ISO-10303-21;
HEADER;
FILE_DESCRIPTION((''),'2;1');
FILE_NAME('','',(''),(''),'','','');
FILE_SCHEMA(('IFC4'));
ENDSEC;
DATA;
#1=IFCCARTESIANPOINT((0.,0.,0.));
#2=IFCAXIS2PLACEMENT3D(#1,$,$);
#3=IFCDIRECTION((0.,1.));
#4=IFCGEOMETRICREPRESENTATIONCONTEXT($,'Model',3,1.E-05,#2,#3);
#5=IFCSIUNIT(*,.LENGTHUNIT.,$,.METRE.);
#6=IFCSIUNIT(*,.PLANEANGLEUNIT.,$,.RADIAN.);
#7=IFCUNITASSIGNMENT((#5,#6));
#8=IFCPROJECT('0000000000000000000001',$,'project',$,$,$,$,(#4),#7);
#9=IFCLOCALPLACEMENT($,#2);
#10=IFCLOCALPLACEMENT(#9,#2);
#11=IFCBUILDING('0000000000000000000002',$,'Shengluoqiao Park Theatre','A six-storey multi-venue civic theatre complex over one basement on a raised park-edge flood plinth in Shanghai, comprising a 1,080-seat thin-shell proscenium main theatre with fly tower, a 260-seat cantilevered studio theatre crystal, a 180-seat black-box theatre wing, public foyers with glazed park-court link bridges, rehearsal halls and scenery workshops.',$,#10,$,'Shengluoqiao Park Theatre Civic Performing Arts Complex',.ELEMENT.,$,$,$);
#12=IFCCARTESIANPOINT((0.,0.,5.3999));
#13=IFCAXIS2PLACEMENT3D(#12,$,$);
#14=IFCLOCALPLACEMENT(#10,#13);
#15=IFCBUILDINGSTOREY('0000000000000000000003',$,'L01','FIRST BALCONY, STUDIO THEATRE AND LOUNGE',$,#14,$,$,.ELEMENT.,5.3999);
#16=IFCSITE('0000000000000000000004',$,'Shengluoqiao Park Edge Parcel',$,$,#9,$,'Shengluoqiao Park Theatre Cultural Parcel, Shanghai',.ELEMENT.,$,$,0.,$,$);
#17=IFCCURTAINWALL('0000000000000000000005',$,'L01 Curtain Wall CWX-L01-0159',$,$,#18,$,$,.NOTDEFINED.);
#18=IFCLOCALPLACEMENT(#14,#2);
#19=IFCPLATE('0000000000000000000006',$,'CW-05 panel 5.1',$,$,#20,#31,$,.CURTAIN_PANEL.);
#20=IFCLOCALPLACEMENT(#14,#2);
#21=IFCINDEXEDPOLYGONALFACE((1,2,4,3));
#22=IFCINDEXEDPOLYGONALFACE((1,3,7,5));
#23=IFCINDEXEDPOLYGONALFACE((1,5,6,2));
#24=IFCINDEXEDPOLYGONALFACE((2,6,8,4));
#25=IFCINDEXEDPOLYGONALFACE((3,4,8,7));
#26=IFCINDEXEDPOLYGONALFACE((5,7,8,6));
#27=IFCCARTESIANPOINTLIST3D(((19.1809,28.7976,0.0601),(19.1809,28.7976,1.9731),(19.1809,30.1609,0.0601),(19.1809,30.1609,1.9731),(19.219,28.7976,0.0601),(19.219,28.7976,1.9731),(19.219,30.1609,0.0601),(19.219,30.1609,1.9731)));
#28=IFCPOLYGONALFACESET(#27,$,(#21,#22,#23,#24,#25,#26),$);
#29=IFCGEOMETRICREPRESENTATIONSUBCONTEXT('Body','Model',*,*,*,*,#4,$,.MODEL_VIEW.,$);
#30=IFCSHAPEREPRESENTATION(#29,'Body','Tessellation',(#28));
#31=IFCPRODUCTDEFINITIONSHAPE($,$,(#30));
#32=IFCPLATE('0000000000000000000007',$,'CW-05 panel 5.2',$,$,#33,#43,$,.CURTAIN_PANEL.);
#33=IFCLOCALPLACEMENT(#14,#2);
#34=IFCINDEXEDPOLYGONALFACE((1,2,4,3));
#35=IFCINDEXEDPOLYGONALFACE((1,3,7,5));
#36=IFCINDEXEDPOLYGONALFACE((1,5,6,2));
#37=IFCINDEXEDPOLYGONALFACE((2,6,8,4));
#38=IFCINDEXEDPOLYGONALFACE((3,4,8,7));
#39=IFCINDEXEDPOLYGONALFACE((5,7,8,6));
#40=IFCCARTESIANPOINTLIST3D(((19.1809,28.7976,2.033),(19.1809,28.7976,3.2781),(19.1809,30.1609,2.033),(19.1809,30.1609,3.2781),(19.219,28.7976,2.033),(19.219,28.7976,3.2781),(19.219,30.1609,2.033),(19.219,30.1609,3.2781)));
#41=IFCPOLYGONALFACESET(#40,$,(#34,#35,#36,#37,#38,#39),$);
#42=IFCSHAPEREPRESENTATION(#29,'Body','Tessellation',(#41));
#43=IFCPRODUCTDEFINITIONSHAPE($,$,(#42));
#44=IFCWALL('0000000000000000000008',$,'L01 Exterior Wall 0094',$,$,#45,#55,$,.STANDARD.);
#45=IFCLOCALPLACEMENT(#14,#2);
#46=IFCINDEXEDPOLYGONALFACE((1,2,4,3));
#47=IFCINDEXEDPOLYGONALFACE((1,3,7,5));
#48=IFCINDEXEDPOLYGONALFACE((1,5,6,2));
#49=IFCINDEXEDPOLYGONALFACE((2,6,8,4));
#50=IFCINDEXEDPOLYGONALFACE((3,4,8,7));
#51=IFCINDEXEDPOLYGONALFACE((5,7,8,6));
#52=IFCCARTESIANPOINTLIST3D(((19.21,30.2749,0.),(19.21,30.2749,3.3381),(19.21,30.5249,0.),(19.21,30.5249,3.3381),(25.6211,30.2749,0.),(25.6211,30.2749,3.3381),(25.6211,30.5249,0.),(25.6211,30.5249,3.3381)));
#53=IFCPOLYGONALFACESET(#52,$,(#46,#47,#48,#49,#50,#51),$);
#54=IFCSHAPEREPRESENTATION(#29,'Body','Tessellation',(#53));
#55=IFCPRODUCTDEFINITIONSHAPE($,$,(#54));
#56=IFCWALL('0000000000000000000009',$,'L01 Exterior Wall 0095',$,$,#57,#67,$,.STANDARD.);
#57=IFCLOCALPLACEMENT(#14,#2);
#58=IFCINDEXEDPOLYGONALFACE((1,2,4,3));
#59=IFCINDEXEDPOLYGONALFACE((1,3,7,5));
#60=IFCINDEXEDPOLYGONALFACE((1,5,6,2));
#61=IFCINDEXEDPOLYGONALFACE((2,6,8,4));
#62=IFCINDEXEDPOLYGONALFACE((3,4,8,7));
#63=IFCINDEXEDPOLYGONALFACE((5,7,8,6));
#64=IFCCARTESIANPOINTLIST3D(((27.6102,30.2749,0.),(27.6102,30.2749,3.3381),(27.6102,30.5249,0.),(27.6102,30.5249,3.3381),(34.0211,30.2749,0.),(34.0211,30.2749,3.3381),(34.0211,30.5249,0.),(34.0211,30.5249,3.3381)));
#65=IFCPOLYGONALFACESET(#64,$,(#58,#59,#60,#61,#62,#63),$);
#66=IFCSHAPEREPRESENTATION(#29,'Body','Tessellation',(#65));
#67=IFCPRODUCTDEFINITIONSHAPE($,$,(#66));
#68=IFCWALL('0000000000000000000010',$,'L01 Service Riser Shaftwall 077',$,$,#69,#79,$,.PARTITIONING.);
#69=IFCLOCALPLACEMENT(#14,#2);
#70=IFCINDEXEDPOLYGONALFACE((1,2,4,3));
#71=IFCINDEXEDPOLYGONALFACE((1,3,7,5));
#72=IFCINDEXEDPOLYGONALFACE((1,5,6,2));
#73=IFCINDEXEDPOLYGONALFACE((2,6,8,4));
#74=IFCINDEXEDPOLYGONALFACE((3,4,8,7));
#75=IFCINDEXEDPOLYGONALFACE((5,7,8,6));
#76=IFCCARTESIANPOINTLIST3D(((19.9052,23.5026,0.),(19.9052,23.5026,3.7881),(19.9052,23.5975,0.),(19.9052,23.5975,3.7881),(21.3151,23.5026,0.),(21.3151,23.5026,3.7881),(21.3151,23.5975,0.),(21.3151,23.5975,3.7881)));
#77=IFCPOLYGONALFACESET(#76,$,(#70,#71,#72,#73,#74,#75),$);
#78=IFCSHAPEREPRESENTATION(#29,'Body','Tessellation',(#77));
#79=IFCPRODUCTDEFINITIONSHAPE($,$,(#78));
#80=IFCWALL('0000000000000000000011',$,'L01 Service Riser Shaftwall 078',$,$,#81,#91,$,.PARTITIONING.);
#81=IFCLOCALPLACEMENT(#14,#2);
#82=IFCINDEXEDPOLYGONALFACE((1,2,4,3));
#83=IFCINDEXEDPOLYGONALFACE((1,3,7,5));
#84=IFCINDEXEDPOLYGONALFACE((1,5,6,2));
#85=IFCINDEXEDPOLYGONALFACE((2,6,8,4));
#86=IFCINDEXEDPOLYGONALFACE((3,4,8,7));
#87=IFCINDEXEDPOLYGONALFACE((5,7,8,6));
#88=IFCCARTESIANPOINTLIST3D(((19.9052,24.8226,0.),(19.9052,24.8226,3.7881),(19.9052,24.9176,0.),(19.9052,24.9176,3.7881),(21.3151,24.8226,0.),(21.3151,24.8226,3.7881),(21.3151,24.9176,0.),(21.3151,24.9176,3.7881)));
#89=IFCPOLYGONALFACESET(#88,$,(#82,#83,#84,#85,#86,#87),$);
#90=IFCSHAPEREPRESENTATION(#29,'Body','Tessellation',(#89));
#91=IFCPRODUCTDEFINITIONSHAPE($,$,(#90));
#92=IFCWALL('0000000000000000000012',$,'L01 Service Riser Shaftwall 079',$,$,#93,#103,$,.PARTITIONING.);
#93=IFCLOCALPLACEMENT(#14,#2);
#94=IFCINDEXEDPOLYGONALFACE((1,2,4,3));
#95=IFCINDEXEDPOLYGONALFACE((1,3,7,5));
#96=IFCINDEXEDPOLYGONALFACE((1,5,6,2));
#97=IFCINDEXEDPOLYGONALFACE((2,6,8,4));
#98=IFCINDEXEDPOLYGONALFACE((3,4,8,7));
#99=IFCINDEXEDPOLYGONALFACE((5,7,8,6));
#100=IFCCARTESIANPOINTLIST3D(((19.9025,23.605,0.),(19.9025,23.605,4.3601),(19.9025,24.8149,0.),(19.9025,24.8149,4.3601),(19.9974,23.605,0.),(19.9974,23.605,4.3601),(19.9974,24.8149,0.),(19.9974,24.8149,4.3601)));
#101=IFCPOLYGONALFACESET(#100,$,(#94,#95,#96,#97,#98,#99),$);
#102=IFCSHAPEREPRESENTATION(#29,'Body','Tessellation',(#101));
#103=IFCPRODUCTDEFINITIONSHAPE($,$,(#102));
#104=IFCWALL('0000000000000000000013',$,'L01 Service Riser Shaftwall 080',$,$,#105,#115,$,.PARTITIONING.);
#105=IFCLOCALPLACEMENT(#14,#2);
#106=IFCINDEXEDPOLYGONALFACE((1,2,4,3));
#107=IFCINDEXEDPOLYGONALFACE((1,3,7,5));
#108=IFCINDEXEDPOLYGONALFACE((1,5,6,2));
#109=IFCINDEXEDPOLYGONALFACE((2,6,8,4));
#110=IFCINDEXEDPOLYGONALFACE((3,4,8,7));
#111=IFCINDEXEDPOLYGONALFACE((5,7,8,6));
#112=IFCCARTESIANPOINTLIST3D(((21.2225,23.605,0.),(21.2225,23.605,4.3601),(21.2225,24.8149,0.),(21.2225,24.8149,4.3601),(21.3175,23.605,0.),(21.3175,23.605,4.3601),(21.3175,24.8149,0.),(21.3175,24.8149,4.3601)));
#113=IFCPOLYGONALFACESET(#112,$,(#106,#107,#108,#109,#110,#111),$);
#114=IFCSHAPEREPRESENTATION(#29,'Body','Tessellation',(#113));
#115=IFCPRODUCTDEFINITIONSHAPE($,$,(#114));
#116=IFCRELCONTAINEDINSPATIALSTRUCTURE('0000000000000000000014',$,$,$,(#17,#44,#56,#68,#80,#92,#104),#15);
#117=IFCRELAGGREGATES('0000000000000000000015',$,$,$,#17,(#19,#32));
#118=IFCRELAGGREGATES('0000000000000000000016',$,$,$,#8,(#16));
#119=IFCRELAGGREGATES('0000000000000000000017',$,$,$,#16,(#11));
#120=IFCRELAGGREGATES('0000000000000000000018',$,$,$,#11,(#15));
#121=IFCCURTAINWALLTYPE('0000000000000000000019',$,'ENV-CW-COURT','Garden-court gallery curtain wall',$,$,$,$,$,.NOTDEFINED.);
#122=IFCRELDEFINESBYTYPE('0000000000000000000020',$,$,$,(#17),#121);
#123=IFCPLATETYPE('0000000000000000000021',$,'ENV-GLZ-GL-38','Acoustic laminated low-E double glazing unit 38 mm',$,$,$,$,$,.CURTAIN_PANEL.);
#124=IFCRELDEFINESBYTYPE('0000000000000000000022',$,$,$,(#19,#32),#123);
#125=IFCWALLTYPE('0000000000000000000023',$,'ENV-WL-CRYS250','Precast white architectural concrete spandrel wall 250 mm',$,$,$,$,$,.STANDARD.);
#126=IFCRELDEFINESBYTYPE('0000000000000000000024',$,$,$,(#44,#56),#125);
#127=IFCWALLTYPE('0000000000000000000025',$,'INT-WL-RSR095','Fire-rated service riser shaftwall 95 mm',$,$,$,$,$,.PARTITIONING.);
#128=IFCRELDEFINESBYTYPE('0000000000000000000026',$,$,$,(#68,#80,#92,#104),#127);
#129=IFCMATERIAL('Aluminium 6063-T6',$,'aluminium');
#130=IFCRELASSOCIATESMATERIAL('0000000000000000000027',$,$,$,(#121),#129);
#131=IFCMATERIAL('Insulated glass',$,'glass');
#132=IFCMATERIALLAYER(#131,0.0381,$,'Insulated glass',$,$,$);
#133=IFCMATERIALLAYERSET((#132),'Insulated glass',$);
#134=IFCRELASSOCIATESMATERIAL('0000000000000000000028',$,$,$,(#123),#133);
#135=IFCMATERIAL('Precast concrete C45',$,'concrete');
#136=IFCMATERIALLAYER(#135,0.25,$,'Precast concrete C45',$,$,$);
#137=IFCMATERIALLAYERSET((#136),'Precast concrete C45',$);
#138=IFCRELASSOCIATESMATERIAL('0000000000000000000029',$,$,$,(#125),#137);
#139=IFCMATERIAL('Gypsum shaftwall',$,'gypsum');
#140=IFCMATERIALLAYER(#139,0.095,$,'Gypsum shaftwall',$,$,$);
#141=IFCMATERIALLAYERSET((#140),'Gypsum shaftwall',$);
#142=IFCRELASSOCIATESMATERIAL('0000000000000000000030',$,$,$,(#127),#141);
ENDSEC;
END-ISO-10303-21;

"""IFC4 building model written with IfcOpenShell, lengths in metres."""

from ifc_helpers import new_model, si_unit, direction, frame, frame_2d, origin, origin_2d, place, context, subcontext, project, spatial, rectangle, extrude, material, layer, layer_set, type_object, element, aggregate, save


model = new_model("IFC4")

# Units and contexts
model_context = context("Model", 3, precision=1e-05, world=origin(), true_north=direction((0.0, 1.0)))
body_context = subcontext(model_context, "Body", "Model", "MODEL_VIEW")
ifc_project = project(units=[si_unit("LENGTHUNIT", "METRE"), si_unit("PLANEANGLEUNIT", "RADIAN")], contexts=[model_context])

# Site, building, storey
site_placement = place(None, origin())
site = spatial("IfcSite", under=ifc_project, at=site_placement, Name="Shengluoqiao Park Edge Parcel", LongName="Shengluoqiao Park Theatre Cultural Parcel, Shanghai", CompositionType="ELEMENT", RefElevation=0.0)
building_placement = place(site_placement, origin())
building = spatial("IfcBuilding", under=site, at=building_placement, Name="Shengluoqiao Park Theatre", Description="A six-storey multi-venue civic theatre complex over one basement on a raised park-edge flood plinth in Shanghai, comprising a 1,080-seat thin-shell proscenium main theatre with fly tower, a 260-seat cantilevered studio theatre crystal, a 180-seat black-box theatre wing, public foyers with glazed park-court link bridges, rehearsal halls and scenery workshops.", LongName="Shengluoqiao Park Theatre Civic Performing Arts Complex", CompositionType="ELEMENT")
storey_placement = place(building_placement, frame((0.0, 0.0, 5.3999)))
storey = spatial("IfcBuildingStorey", under=building, at=storey_placement, Name="L01", Description="FIRST BALCONY, STUDIO THEATRE AND LOUNGE", CompositionType="ELEMENT", Elevation=5.3999)

# Shared definitions
ifc_material_1 = material(Name="Aluminium 6063-T6", Category="aluminium")

# Curtain wall
curtain_wall_type_1 = type_object("IfcCurtainWallType", Name="ENV-CW-COURT", Description="Garden-court gallery curtain wall", PredefinedType="NOTDEFINED", material=ifc_material_1)
curtain_wall_1_placement = place(storey_placement, origin())
curtain_wall_1 = element("IfcCurtainWall", 1, at=curtain_wall_1_placement, inside=storey, type_object=curtain_wall_type_1, Name="L01 Curtain Wall CWX-L01-0159", PredefinedType="NOTDEFINED")

# Plates
ifc_material_2 = material(Name="Insulated glass", Category="glass")
ifc_layer_1 = layer(ifc_material_2, 0.0381, Name="Insulated glass")
ifc_layer_set_1 = layer_set([ifc_layer_1], Name="Insulated glass")
plate_type = type_object("IfcPlateType", Name="ENV-GLZ-GL-38", Description="Acoustic laminated low-E double glazing unit 38 mm", PredefinedType="CURTAIN_PANEL", material=ifc_layer_set_1)
plate_1_placement = place(storey_placement, frame((19.2, 29.4792, 0.0601), z_axis=(0.0, 0.0, 1.0), x_axis=(0.0, 1.0, 0.0)))
plate_1 = element("IfcPlate", 2, at=plate_1_placement, type_object=plate_type, Name="CW-05 panel 5.1", PredefinedType="CURTAIN_PANEL", context=body_context, shape_type="SweptSolid", body=[
    extrude(rectangle(XDim=1.3633, YDim=0.0381, at=origin_2d()), origin(), (0.0, 0.0, 1.0), 1.9131),
])
plate_2_placement = place(storey_placement, frame((19.2, 29.4792, 2.033), z_axis=(0.0, 0.0, 1.0), x_axis=(0.0, 1.0, 0.0)))
plate_2 = element("IfcPlate", 3, at=plate_2_placement, type_object=plate_type, Name="CW-05 panel 5.2", PredefinedType="CURTAIN_PANEL", context=body_context, shape_type="SweptSolid", body=[
    extrude(rectangle(XDim=1.3633, YDim=0.0381, at=origin_2d()), origin(), (0.0, 0.0, 1.0), 1.2451),
])
aggregate(curtain_wall_1, [plate_1, plate_2])

# Walls
ifc_material_3 = material(Name="Precast concrete C45", Category="concrete")
ifc_layer_2 = layer(ifc_material_3, 0.25, Name="Precast concrete C45")
ifc_layer_set_2 = layer_set([ifc_layer_2], Name="Precast concrete C45")
wall_type_1 = type_object("IfcWallType", Name="ENV-WL-CRYS250", Description="Precast white architectural concrete spandrel wall 250 mm", PredefinedType="STANDARD", material=ifc_layer_set_2)
wall_1_placement = place(storey_placement, frame((19.21, 30.3999, 0.0), z_axis=(0.0, 0.0, 1.0), x_axis=(1.0, 0.0, 0.0)))
element("IfcWall", 4, at=wall_1_placement, inside=storey, type_object=wall_type_1, Name="L01 Exterior Wall 0094", PredefinedType="STANDARD", context=body_context, shape_type="SweptSolid", body=[
    extrude(rectangle(XDim=6.4111, YDim=0.25, at=frame_2d((3.2056, 0.0))), origin(), (0.0, 0.0, 1.0), 3.3381),
])
wall_2_placement = place(storey_placement, frame((27.6101, 30.3999, 0.0), z_axis=(0.0, 0.0, 1.0), x_axis=(1.0, 0.0, 0.0)))
element("IfcWall", 5, at=wall_2_placement, inside=storey, type_object=wall_type_1, Name="L01 Exterior Wall 0095", PredefinedType="STANDARD", context=body_context, shape_type="SweptSolid", body=[
    extrude(rectangle(XDim=6.4109, YDim=0.25, at=frame_2d((3.2056, 0.0))), origin(), (0.0, 0.0, 1.0), 3.3381),
])
ifc_material_4 = material(Name="Gypsum shaftwall", Category="gypsum")
ifc_layer_3 = layer(ifc_material_4, 0.095, Name="Gypsum shaftwall")
ifc_layer_set_3 = layer_set([ifc_layer_3], Name="Gypsum shaftwall")
wall_type_2 = type_object("IfcWallType", Name="INT-WL-RSR095", Description="Fire-rated service riser shaftwall 95 mm", PredefinedType="PARTITIONING", material=ifc_layer_set_3)
for number, where, z_axis, x_axis, name in (
    (6, (19.905, 23.55, 0.0), (0.0, 0.0, 1.0), (1.0, 0.0, 0.0), "L01 Service Riser Shaftwall 077"),
    (7, (19.905, 24.8701, 0.0), (0.0, 0.0, 1.0), (1.0, 0.0, 0.0), "L01 Service Riser Shaftwall 078"),
):
    element("IfcWall", number, at=place(storey_placement, frame(where, z_axis=z_axis, x_axis=x_axis)), inside=storey, type_object=wall_type_2, Name=name, PredefinedType="PARTITIONING", context=body_context, shape_type="SweptSolid", body=[
        extrude(rectangle(XDim=1.4099, YDim=0.095, at=frame_2d((0.7051, 0.0))), origin(), (0.0, 0.0, 1.0), 3.7881),
    ])
for number, where, z_axis, x_axis, name in (
    (8, (19.95, 23.605, 0.0), (0.0, 0.0, 1.0), (0.0, 1.0, 0.0), "L01 Service Riser Shaftwall 079"),
    (9, (21.27, 23.605, 0.0), (0.0, 0.0, 1.0), (0.0, 1.0, 0.0), "L01 Service Riser Shaftwall 080"),
):
    element("IfcWall", number, at=place(storey_placement, frame(where, z_axis=z_axis, x_axis=x_axis)), inside=storey, type_object=wall_type_2, Name=name, PredefinedType="PARTITIONING", context=body_context, shape_type="SweptSolid", body=[
        extrude(rectangle(XDim=1.21, YDim=0.095, at=frame_2d((0.605, 0.0))), origin(), (0.0, 0.0, 1.0), 4.3601),
    ])

save(model, "model.ifc")
